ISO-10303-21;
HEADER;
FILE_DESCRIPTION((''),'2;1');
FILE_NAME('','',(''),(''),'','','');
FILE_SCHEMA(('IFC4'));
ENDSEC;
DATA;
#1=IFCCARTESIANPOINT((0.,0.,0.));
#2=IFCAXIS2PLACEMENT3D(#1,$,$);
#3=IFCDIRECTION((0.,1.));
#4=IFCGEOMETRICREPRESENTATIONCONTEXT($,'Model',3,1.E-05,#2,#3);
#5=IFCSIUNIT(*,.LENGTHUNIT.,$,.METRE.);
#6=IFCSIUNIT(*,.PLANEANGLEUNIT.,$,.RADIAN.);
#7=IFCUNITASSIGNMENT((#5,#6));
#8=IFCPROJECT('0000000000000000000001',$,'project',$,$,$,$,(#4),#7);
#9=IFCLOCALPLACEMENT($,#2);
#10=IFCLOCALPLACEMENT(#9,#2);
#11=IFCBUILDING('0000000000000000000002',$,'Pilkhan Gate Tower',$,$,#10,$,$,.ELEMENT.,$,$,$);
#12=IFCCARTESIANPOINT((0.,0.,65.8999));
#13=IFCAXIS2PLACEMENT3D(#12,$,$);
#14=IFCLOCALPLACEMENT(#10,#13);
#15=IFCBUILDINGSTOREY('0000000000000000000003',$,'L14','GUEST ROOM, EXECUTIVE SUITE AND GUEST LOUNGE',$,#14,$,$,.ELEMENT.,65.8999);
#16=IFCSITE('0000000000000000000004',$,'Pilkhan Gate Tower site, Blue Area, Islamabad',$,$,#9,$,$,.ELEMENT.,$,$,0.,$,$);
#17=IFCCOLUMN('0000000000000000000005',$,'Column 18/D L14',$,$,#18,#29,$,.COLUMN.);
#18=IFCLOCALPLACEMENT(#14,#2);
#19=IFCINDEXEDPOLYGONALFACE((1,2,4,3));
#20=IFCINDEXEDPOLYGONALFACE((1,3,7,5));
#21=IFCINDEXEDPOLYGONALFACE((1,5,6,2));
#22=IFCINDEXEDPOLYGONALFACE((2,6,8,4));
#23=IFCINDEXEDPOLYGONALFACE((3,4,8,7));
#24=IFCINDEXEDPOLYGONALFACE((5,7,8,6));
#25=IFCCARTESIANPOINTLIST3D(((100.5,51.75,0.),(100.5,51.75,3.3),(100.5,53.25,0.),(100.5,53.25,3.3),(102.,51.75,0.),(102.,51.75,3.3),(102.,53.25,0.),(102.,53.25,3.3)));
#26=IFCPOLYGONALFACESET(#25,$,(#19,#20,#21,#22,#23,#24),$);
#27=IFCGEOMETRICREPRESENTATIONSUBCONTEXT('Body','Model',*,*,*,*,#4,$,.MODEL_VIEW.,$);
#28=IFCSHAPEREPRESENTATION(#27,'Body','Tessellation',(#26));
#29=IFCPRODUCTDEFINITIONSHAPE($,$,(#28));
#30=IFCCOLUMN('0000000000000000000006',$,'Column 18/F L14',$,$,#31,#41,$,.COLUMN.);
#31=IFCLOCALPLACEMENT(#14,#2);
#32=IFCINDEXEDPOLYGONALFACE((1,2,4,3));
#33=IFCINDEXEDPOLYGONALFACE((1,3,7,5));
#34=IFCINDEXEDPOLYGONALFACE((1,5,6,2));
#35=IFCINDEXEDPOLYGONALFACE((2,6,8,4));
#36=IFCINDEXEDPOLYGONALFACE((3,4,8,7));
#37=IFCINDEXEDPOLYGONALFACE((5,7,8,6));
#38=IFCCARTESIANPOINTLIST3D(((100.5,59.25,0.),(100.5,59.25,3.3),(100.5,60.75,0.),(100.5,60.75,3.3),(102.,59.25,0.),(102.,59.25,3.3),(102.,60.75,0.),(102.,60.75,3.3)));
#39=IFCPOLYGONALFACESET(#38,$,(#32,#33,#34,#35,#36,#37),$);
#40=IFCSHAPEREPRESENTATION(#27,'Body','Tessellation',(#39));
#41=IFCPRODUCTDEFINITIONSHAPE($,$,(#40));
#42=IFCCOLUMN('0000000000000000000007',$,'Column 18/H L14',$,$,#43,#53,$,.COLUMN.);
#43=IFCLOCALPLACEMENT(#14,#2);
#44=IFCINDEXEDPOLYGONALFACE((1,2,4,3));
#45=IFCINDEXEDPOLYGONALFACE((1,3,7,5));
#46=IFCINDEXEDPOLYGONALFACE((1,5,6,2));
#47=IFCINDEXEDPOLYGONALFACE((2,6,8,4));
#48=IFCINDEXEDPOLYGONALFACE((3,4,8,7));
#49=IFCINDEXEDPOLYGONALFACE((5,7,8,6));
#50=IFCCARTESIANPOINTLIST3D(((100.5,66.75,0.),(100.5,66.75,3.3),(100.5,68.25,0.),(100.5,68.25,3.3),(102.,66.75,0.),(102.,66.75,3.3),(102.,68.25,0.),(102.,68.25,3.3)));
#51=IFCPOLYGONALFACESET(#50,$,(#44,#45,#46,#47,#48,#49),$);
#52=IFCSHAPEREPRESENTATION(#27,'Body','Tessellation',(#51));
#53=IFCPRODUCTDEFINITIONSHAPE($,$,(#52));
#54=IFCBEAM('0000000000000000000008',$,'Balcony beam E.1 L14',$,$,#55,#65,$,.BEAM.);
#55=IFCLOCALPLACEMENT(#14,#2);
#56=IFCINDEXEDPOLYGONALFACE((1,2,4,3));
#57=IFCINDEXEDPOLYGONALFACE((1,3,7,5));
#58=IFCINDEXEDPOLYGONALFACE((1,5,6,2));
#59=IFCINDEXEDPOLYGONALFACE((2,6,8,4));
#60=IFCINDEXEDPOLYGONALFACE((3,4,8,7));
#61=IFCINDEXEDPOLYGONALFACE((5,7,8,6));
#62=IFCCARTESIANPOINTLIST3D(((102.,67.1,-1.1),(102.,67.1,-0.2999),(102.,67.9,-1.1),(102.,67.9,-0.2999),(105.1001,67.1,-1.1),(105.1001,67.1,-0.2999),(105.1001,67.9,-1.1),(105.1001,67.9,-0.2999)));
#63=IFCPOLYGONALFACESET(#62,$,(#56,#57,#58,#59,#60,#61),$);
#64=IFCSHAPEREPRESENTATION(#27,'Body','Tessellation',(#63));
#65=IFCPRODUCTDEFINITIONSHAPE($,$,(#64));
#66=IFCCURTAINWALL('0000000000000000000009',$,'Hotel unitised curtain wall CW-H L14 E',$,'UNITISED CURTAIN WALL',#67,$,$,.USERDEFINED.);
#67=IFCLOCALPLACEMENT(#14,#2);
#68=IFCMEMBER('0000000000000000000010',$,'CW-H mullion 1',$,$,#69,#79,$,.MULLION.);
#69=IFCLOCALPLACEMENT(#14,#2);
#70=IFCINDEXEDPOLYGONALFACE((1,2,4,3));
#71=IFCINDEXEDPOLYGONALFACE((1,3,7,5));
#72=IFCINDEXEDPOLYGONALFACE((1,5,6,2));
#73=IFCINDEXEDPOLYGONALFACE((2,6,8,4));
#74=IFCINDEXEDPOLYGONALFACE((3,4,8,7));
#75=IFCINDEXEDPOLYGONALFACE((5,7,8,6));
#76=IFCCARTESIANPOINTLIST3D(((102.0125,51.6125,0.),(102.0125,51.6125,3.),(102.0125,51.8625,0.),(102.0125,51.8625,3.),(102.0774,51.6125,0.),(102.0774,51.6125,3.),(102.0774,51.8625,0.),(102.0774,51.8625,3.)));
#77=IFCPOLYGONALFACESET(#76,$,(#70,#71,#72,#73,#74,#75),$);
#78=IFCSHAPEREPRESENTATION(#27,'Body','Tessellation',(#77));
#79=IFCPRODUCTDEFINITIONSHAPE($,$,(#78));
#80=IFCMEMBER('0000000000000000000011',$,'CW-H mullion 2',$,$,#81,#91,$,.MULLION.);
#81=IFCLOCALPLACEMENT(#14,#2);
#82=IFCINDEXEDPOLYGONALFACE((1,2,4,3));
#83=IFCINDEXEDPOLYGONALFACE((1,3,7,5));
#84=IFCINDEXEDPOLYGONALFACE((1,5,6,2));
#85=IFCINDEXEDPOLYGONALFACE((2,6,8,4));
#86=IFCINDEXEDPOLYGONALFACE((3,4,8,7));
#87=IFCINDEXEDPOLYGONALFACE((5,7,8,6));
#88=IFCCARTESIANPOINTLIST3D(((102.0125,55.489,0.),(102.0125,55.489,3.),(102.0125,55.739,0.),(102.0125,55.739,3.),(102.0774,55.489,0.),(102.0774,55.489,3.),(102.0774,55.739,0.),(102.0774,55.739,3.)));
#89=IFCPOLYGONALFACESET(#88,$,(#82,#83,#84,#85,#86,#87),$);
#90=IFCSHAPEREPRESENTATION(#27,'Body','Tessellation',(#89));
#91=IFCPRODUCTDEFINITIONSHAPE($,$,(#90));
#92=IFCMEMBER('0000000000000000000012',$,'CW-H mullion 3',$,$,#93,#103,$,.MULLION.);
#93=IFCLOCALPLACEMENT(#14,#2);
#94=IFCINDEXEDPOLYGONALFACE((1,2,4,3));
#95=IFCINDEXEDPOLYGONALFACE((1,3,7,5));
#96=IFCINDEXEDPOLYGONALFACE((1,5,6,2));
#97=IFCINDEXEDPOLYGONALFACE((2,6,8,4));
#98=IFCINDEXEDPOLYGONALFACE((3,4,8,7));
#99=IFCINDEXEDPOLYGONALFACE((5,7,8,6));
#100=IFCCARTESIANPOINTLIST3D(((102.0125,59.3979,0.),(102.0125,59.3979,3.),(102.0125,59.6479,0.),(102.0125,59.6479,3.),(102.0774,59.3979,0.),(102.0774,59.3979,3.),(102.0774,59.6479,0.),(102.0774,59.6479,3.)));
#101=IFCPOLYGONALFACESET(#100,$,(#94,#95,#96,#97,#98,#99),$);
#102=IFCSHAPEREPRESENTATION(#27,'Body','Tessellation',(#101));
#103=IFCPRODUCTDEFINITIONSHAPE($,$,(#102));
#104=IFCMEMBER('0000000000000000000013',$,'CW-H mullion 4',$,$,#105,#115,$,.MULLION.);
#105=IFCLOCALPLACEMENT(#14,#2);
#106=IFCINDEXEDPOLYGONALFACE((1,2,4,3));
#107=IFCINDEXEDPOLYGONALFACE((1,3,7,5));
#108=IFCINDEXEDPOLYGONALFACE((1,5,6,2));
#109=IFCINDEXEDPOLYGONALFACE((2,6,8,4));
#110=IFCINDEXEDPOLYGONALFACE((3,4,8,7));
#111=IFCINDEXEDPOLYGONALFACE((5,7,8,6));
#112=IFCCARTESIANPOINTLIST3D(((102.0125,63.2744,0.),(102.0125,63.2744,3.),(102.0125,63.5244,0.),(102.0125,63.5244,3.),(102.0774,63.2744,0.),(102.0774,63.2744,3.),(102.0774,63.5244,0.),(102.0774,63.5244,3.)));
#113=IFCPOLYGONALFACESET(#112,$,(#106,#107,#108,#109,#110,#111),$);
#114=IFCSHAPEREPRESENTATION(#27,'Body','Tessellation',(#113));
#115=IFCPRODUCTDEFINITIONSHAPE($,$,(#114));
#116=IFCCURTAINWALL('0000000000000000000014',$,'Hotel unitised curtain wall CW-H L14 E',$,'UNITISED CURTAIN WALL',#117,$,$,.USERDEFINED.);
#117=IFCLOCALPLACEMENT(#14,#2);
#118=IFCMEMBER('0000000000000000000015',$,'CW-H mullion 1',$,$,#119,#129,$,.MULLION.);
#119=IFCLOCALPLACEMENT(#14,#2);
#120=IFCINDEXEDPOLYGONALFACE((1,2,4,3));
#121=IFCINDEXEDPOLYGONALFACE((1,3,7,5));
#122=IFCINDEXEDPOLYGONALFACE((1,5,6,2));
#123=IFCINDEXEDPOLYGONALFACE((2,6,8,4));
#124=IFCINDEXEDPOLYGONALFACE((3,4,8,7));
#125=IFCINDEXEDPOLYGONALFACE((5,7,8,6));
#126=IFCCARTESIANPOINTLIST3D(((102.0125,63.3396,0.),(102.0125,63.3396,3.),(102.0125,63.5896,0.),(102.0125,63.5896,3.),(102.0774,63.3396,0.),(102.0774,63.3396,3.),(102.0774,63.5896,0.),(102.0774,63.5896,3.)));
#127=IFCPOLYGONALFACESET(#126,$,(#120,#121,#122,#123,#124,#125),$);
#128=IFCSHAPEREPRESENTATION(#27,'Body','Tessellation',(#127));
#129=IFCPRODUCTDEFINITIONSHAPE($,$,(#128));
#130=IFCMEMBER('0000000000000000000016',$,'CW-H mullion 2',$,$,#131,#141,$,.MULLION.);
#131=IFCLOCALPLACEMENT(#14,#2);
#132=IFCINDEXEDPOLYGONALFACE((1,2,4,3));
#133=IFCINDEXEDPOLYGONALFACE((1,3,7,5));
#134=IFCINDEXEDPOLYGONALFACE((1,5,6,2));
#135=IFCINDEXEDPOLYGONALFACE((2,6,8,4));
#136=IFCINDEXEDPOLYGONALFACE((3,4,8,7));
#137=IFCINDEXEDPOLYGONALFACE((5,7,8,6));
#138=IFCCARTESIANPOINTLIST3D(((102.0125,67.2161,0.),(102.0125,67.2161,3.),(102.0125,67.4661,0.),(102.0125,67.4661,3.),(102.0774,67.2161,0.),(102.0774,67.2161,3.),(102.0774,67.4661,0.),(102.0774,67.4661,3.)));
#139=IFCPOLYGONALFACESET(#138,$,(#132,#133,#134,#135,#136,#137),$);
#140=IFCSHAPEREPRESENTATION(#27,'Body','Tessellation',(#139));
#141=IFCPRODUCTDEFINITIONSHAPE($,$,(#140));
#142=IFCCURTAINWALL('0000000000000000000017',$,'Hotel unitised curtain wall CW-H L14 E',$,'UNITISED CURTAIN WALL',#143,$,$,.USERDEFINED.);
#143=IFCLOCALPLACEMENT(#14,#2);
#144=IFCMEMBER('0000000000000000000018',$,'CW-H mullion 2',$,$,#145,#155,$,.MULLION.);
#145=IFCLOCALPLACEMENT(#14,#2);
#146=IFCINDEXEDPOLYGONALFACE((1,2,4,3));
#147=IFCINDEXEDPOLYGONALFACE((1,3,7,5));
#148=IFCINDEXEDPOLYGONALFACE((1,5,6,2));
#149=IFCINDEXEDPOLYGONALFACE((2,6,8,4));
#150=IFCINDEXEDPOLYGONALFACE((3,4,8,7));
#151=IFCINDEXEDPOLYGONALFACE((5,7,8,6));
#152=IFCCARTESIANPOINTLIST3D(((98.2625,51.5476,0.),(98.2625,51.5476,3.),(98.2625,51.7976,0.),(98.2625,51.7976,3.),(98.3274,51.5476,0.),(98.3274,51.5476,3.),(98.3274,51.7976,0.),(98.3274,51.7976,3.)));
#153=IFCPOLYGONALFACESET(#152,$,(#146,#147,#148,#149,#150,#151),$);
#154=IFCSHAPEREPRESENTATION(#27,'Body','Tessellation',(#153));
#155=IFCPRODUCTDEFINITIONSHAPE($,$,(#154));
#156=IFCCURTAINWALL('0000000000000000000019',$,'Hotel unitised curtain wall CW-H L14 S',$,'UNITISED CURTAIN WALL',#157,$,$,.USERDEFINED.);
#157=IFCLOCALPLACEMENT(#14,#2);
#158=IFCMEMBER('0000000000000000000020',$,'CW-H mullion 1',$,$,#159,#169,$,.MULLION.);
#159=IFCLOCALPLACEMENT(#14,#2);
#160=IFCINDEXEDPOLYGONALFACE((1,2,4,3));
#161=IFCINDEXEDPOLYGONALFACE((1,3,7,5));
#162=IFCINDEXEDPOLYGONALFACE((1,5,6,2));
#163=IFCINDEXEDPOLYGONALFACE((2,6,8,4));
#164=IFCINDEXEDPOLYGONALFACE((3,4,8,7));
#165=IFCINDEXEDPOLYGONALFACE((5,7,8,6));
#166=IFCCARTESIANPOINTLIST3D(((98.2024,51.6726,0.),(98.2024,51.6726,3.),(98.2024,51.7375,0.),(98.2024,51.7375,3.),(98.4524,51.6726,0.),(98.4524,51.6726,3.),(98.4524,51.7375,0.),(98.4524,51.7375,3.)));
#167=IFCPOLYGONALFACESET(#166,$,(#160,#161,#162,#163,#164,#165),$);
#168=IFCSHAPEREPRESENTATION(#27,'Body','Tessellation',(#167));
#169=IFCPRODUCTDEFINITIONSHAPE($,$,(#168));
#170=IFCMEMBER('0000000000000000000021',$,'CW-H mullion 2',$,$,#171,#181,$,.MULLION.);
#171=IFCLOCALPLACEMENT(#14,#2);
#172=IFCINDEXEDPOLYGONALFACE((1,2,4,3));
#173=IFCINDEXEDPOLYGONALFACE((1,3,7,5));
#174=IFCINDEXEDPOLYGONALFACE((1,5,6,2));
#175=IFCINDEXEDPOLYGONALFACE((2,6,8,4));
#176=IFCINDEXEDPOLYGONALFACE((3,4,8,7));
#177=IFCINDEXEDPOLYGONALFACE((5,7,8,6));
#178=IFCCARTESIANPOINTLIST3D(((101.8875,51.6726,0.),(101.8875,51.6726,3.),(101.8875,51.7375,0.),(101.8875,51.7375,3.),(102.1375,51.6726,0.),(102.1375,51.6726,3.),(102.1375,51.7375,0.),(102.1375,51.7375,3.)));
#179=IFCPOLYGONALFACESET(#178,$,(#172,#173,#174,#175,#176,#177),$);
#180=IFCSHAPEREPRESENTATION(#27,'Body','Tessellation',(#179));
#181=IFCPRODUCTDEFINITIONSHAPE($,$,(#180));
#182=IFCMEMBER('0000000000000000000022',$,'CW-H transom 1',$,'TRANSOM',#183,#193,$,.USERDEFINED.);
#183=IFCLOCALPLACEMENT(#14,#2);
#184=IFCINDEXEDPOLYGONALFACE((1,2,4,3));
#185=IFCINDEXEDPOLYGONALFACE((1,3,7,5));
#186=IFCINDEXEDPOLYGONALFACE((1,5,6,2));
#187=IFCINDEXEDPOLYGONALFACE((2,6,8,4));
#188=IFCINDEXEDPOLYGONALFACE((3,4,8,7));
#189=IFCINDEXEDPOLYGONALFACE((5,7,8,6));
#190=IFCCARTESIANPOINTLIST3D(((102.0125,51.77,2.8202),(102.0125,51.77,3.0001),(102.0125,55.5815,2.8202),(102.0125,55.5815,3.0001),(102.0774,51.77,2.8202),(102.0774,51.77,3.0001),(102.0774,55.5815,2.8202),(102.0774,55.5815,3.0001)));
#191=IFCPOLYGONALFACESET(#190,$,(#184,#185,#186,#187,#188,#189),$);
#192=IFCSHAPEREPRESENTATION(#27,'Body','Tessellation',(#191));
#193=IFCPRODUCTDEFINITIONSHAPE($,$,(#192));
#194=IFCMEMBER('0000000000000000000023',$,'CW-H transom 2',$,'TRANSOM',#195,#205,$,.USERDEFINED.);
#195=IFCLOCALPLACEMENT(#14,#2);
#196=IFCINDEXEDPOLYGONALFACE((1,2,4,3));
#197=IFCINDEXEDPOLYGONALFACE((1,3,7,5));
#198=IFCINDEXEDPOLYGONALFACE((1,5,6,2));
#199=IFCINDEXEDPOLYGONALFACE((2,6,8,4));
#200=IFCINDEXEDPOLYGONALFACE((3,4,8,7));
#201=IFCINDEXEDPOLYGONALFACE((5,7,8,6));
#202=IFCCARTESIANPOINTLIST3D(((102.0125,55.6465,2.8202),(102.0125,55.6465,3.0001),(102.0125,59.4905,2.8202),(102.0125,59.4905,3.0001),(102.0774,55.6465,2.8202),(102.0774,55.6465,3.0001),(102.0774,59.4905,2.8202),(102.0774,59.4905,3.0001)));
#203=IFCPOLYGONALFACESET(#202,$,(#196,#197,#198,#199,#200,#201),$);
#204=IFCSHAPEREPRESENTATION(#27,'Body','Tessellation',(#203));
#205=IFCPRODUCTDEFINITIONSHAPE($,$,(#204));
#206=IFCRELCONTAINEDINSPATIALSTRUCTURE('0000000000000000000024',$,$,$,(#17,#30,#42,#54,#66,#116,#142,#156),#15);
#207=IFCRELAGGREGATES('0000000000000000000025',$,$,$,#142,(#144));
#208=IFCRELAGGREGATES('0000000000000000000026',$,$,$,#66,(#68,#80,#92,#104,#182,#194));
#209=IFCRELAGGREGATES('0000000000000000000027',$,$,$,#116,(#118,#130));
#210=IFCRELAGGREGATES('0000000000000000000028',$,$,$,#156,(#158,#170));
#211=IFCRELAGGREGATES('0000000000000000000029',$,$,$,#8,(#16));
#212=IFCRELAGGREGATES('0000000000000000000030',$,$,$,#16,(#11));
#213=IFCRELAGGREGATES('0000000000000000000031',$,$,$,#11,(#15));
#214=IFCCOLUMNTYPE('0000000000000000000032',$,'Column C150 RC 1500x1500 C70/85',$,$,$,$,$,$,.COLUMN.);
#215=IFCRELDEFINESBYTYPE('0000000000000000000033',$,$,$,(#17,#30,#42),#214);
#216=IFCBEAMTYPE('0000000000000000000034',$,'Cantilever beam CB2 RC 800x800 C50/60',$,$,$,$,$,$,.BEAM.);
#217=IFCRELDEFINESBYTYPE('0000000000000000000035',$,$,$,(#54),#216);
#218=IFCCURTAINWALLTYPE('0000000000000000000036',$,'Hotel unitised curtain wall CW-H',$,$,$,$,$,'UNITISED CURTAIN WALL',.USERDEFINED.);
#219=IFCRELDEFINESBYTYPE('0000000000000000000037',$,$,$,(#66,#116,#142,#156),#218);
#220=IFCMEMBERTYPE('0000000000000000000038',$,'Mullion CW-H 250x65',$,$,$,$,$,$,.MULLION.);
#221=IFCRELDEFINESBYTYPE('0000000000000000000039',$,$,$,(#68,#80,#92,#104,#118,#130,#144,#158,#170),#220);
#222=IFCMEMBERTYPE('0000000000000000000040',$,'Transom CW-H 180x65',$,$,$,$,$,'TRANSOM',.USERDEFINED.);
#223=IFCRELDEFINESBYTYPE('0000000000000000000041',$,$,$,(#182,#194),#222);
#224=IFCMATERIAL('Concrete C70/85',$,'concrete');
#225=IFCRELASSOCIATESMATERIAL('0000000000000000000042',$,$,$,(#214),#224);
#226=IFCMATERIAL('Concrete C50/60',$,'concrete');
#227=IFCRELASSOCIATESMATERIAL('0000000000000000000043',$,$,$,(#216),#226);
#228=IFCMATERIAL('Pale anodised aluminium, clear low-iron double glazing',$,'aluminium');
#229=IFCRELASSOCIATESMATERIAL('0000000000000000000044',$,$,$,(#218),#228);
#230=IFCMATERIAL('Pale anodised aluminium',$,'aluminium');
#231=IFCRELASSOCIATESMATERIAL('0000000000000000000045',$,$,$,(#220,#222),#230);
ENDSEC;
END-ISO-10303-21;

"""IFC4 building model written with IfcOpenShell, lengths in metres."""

from ifc_helpers import new_model, si_unit, direction, frame, origin, origin_2d, place, context, subcontext, project, spatial, rectangle, extrude, material, material_profile, profile_set, type_object, element, aggregate, save


model = new_model("IFC4")

# Units and contexts
model_context = context("Model", 3, precision=1e-05, world=origin(), true_north=direction((0.0, 1.0)))
body_context = subcontext(model_context, "Body", "Model", "MODEL_VIEW")
ifc_project = project(units=[si_unit("LENGTHUNIT", "METRE"), si_unit("PLANEANGLEUNIT", "RADIAN")], contexts=[model_context])

# Site, building, storey
site_placement = place(None, origin())
site = spatial("IfcSite", under=ifc_project, at=site_placement, Name="Pilkhan Gate Tower site, Blue Area, Islamabad", CompositionType="ELEMENT", RefElevation=0.0)
building_placement = place(site_placement, origin())
building = spatial("IfcBuilding", under=site, at=building_placement, Name="Pilkhan Gate Tower", CompositionType="ELEMENT")
storey_placement = place(building_placement, frame((0.0, 0.0, 65.8999)))
storey = spatial("IfcBuildingStorey", under=building, at=storey_placement, Name="L14", Description="GUEST ROOM, EXECUTIVE SUITE AND GUEST LOUNGE", CompositionType="ELEMENT", Elevation=65.8999)

# Columns
ifc_material_1 = material(Name="Concrete C70/85", Category="concrete")
ifc_material_profile_1 = material_profile(ifc_material_1, rectangle(XDim=1.5, YDim=1.5, at=origin_2d()), Name="RC 1500x1500")
ifc_profile_set_1 = profile_set([ifc_material_profile_1], Name="Concrete C70/85")
column_type = type_object("IfcColumnType", Name="Column C150 RC 1500x1500 C70/85", PredefinedType="COLUMN", material=ifc_profile_set_1)
for number, where, z_axis, x_axis, name in (
    (1, (101.25, 52.5, 0.0), (0.0, 0.0, 1.0), (1.0, 0.0, 0.0), "Column 18/D L14"),
    (2, (101.25, 60.0, 0.0), (0.0, 0.0, 1.0), (1.0, 0.0, 0.0), "Column 18/F L14"),
    (3, (101.25, 67.5, 0.0), (0.0, 0.0, 1.0), (1.0, 0.0, 0.0), "Column 18/H L14"),
):
    element("IfcColumn", number, at=place(storey_placement, frame(where, z_axis=z_axis, x_axis=x_axis)), inside=storey, type_object=column_type, Name=name, PredefinedType="COLUMN", context=body_context, shape_type="SweptSolid", body=[
        extrude(rectangle(XDim=1.5, YDim=1.5, at=origin_2d()), origin(), (0.0, 0.0, 1.0), 3.3),
    ])

# Beam
ifc_material_2 = material(Name="Concrete C50/60", Category="concrete")
ifc_material_profile_2 = material_profile(ifc_material_2, rectangle(XDim=0.8, YDim=0.8, at=origin_2d()), Name="RC 800x800")
ifc_profile_set_2 = profile_set([ifc_material_profile_2], Name="Concrete C50/60")
beam_type = type_object("IfcBeamType", Name="Cantilever beam CB2 RC 800x800 C50/60", PredefinedType="BEAM", material=ifc_profile_set_2)
beam_placement = place(storey_placement, frame((102.0, 67.5, -0.7), z_axis=(1.0, 0.0, 0.0), x_axis=(0.0, 1.0, 0.0)))
element("IfcBeam", 4, at=beam_placement, inside=storey, type_object=beam_type, Name="Balcony beam E.1 L14", PredefinedType="BEAM", context=body_context, shape_type="SweptSolid", body=[
    extrude(rectangle(XDim=0.8, YDim=0.8, at=origin_2d()), origin(), (0.0, 0.0, 1.0), 3.1001),
])

# Curtain walls, members
ifc_material_3 = material(Name="Pale anodised aluminium, clear low-iron double glazing", Category="aluminium")
curtain_wall_type = type_object("IfcCurtainWallType", Name="Hotel unitised curtain wall CW-H", ElementType="UNITISED CURTAIN WALL", PredefinedType="USERDEFINED", material=ifc_material_3)
curtain_wall_1_placement = place(storey_placement, origin())
curtain_wall_1 = element("IfcCurtainWall", 5, at=curtain_wall_1_placement, inside=storey, type_object=curtain_wall_type, Name="Hotel unitised curtain wall CW-H L14 E", ObjectType="UNITISED CURTAIN WALL", PredefinedType="USERDEFINED")
ifc_material_4 = material(Name="Pale anodised aluminium", Category="aluminium")
ifc_material_profile_3 = material_profile(ifc_material_4, rectangle(XDim=0.0649, YDim=0.25, at=origin_2d()), Name="Mullion 250x65")
ifc_profile_set_3 = profile_set([ifc_material_profile_3], Name="Pale anodised aluminium")
member_type_1 = type_object("IfcMemberType", Name="Mullion CW-H 250x65", PredefinedType="MULLION", material=ifc_profile_set_3)
member_1_placement = place(storey_placement, frame((102.0449, 51.7375, 0.0), z_axis=(0.0, 0.0, 1.0), x_axis=(-1.0, 0.0, 0.0)))
member_1 = element("IfcMember", 6, at=member_1_placement, type_object=member_type_1, Name="CW-H mullion 1", PredefinedType="MULLION", context=body_context, shape_type="SweptSolid", body=[
    extrude(rectangle(XDim=0.0649, YDim=0.25, at=origin_2d()), origin(), (0.0, 0.0, 1.0), 3.0),
])
member_2_placement = place(storey_placement, frame((102.0449, 55.614, 0.0), z_axis=(0.0, 0.0, 1.0), x_axis=(-1.0, 0.0, 0.0)))
member_2 = element("IfcMember", 7, at=member_2_placement, type_object=member_type_1, Name="CW-H mullion 2", PredefinedType="MULLION", context=body_context, shape_type="SweptSolid", body=[
    extrude(rectangle(XDim=0.0649, YDim=0.25, at=origin_2d()), origin(), (0.0, 0.0, 1.0), 3.0),
])
member_3_placement = place(storey_placement, frame((102.0449, 59.5229, 0.0), z_axis=(0.0, 0.0, 1.0), x_axis=(-1.0, 0.0, 0.0)))
member_3 = element("IfcMember", 8, at=member_3_placement, type_object=member_type_1, Name="CW-H mullion 3", PredefinedType="MULLION", context=body_context, shape_type="SweptSolid", body=[
    extrude(rectangle(XDim=0.0649, YDim=0.25, at=origin_2d()), origin(), (0.0, 0.0, 1.0), 3.0),
])
member_4_placement = place(storey_placement, frame((102.0449, 63.3994, 0.0), z_axis=(0.0, 0.0, 1.0), x_axis=(-1.0, 0.0, 0.0)))
member_4 = element("IfcMember", 9, at=member_4_placement, type_object=member_type_1, Name="CW-H mullion 4", PredefinedType="MULLION", context=body_context, shape_type="SweptSolid", body=[
    extrude(rectangle(XDim=0.0649, YDim=0.25, at=origin_2d()), origin(), (0.0, 0.0, 1.0), 3.0),
])
curtain_wall_2_placement = place(storey_placement, origin())
curtain_wall_2 = element("IfcCurtainWall", 10, at=curtain_wall_2_placement, inside=storey, type_object=curtain_wall_type, Name="Hotel unitised curtain wall CW-H L14 E", ObjectType="UNITISED CURTAIN WALL", PredefinedType="USERDEFINED")
member_5_placement = place(storey_placement, frame((102.0449, 63.4646, 0.0), z_axis=(0.0, 0.0, 1.0), x_axis=(-1.0, 0.0, 0.0)))
member_5 = element("IfcMember", 11, at=member_5_placement, type_object=member_type_1, Name="CW-H mullion 1", PredefinedType="MULLION", context=body_context, shape_type="SweptSolid", body=[
    extrude(rectangle(XDim=0.0649, YDim=0.25, at=origin_2d()), origin(), (0.0, 0.0, 1.0), 3.0),
])
member_6_placement = place(storey_placement, frame((102.0449, 67.3411, 0.0), z_axis=(0.0, 0.0, 1.0), x_axis=(-1.0, 0.0, 0.0)))
member_6 = element("IfcMember", 12, at=member_6_placement, type_object=member_type_1, Name="CW-H mullion 2", PredefinedType="MULLION", context=body_context, shape_type="SweptSolid", body=[
    extrude(rectangle(XDim=0.0649, YDim=0.25, at=origin_2d()), origin(), (0.0, 0.0, 1.0), 3.0),
])

# Curtain wall, member
curtain_wall_3_placement = place(storey_placement, origin())
curtain_wall_3 = element("IfcCurtainWall", 13, at=curtain_wall_3_placement, inside=storey, type_object=curtain_wall_type, Name="Hotel unitised curtain wall CW-H L14 E", ObjectType="UNITISED CURTAIN WALL", PredefinedType="USERDEFINED")
member_7_placement = place(storey_placement, frame((98.2949, 51.6726, 0.0), z_axis=(0.0, 0.0, 1.0), x_axis=(-1.0, 0.0, 0.0)))
member_7 = element("IfcMember", 14, at=member_7_placement, type_object=member_type_1, Name="CW-H mullion 2", PredefinedType="MULLION", context=body_context, shape_type="SweptSolid", body=[
    extrude(rectangle(XDim=0.0649, YDim=0.25, at=origin_2d()), origin(), (0.0, 0.0, 1.0), 3.0),
])
aggregate(curtain_wall_3, [member_7])

# Curtain wall, members
curtain_wall_4_placement = place(storey_placement, origin())
curtain_wall_4 = element("IfcCurtainWall", 15, at=curtain_wall_4_placement, inside=storey, type_object=curtain_wall_type, Name="Hotel unitised curtain wall CW-H L14 S", ObjectType="UNITISED CURTAIN WALL", PredefinedType="USERDEFINED")
member_8_placement = place(storey_placement, frame((98.3274, 51.7051, 0.0), z_axis=(0.0, 0.0, 1.0), x_axis=(0.0, 1.0, 0.0)))
member_8 = element("IfcMember", 16, at=member_8_placement, type_object=member_type_1, Name="CW-H mullion 1", PredefinedType="MULLION", context=body_context, shape_type="SweptSolid", body=[
    extrude(rectangle(XDim=0.0649, YDim=0.25, at=origin_2d()), origin(), (0.0, 0.0, 1.0), 3.0),
])
member_9_placement = place(storey_placement, frame((102.0125, 51.7051, 0.0), z_axis=(0.0, 0.0, 1.0), x_axis=(0.0, 1.0, 0.0)))
member_9 = element("IfcMember", 17, at=member_9_placement, type_object=member_type_1, Name="CW-H mullion 2", PredefinedType="MULLION", context=body_context, shape_type="SweptSolid", body=[
    extrude(rectangle(XDim=0.0649, YDim=0.25, at=origin_2d()), origin(), (0.0, 0.0, 1.0), 3.0),
])

# Members
ifc_material_profile_4 = material_profile(ifc_material_4, rectangle(XDim=0.0649, YDim=0.1799, at=origin_2d()), Name="Transom 180x65")
ifc_profile_set_4 = profile_set([ifc_material_profile_4], Name="Pale anodised aluminium")
member_type_2 = type_object("IfcMemberType", Name="Transom CW-H 180x65", ElementType="TRANSOM", PredefinedType="USERDEFINED", material=ifc_profile_set_4)
member_10_placement = place(storey_placement, frame((102.0449, 51.77, 2.9102), z_axis=(0.0, 1.0, 0.0), x_axis=(-1.0, 0.0, 0.0)))
member_10 = element("IfcMember", 18, at=member_10_placement, type_object=member_type_2, Name="CW-H transom 1", ObjectType="TRANSOM", PredefinedType="USERDEFINED", context=body_context, shape_type="SweptSolid", body=[
    extrude(rectangle(XDim=0.0649, YDim=0.1799, at=origin_2d()), origin(), (0.0, 0.0, 1.0), 3.8115),
])
member_11_placement = place(storey_placement, frame((102.0449, 55.6465, 2.9102), z_axis=(0.0, 1.0, 0.0), x_axis=(-1.0, 0.0, 0.0)))
member_11 = element("IfcMember", 19, at=member_11_placement, type_object=member_type_2, Name="CW-H transom 2", ObjectType="TRANSOM", PredefinedType="USERDEFINED", context=body_context, shape_type="SweptSolid", body=[
    extrude(rectangle(XDim=0.0649, YDim=0.1799, at=origin_2d()), origin(), (0.0, 0.0, 1.0), 3.844),
])

aggregate(curtain_wall_1, [member_1, member_2, member_3, member_4, member_10, member_11])
aggregate(curtain_wall_2, [member_5, member_6])
aggregate(curtain_wall_4, [member_8, member_9])

save(model, "model.ifc")
